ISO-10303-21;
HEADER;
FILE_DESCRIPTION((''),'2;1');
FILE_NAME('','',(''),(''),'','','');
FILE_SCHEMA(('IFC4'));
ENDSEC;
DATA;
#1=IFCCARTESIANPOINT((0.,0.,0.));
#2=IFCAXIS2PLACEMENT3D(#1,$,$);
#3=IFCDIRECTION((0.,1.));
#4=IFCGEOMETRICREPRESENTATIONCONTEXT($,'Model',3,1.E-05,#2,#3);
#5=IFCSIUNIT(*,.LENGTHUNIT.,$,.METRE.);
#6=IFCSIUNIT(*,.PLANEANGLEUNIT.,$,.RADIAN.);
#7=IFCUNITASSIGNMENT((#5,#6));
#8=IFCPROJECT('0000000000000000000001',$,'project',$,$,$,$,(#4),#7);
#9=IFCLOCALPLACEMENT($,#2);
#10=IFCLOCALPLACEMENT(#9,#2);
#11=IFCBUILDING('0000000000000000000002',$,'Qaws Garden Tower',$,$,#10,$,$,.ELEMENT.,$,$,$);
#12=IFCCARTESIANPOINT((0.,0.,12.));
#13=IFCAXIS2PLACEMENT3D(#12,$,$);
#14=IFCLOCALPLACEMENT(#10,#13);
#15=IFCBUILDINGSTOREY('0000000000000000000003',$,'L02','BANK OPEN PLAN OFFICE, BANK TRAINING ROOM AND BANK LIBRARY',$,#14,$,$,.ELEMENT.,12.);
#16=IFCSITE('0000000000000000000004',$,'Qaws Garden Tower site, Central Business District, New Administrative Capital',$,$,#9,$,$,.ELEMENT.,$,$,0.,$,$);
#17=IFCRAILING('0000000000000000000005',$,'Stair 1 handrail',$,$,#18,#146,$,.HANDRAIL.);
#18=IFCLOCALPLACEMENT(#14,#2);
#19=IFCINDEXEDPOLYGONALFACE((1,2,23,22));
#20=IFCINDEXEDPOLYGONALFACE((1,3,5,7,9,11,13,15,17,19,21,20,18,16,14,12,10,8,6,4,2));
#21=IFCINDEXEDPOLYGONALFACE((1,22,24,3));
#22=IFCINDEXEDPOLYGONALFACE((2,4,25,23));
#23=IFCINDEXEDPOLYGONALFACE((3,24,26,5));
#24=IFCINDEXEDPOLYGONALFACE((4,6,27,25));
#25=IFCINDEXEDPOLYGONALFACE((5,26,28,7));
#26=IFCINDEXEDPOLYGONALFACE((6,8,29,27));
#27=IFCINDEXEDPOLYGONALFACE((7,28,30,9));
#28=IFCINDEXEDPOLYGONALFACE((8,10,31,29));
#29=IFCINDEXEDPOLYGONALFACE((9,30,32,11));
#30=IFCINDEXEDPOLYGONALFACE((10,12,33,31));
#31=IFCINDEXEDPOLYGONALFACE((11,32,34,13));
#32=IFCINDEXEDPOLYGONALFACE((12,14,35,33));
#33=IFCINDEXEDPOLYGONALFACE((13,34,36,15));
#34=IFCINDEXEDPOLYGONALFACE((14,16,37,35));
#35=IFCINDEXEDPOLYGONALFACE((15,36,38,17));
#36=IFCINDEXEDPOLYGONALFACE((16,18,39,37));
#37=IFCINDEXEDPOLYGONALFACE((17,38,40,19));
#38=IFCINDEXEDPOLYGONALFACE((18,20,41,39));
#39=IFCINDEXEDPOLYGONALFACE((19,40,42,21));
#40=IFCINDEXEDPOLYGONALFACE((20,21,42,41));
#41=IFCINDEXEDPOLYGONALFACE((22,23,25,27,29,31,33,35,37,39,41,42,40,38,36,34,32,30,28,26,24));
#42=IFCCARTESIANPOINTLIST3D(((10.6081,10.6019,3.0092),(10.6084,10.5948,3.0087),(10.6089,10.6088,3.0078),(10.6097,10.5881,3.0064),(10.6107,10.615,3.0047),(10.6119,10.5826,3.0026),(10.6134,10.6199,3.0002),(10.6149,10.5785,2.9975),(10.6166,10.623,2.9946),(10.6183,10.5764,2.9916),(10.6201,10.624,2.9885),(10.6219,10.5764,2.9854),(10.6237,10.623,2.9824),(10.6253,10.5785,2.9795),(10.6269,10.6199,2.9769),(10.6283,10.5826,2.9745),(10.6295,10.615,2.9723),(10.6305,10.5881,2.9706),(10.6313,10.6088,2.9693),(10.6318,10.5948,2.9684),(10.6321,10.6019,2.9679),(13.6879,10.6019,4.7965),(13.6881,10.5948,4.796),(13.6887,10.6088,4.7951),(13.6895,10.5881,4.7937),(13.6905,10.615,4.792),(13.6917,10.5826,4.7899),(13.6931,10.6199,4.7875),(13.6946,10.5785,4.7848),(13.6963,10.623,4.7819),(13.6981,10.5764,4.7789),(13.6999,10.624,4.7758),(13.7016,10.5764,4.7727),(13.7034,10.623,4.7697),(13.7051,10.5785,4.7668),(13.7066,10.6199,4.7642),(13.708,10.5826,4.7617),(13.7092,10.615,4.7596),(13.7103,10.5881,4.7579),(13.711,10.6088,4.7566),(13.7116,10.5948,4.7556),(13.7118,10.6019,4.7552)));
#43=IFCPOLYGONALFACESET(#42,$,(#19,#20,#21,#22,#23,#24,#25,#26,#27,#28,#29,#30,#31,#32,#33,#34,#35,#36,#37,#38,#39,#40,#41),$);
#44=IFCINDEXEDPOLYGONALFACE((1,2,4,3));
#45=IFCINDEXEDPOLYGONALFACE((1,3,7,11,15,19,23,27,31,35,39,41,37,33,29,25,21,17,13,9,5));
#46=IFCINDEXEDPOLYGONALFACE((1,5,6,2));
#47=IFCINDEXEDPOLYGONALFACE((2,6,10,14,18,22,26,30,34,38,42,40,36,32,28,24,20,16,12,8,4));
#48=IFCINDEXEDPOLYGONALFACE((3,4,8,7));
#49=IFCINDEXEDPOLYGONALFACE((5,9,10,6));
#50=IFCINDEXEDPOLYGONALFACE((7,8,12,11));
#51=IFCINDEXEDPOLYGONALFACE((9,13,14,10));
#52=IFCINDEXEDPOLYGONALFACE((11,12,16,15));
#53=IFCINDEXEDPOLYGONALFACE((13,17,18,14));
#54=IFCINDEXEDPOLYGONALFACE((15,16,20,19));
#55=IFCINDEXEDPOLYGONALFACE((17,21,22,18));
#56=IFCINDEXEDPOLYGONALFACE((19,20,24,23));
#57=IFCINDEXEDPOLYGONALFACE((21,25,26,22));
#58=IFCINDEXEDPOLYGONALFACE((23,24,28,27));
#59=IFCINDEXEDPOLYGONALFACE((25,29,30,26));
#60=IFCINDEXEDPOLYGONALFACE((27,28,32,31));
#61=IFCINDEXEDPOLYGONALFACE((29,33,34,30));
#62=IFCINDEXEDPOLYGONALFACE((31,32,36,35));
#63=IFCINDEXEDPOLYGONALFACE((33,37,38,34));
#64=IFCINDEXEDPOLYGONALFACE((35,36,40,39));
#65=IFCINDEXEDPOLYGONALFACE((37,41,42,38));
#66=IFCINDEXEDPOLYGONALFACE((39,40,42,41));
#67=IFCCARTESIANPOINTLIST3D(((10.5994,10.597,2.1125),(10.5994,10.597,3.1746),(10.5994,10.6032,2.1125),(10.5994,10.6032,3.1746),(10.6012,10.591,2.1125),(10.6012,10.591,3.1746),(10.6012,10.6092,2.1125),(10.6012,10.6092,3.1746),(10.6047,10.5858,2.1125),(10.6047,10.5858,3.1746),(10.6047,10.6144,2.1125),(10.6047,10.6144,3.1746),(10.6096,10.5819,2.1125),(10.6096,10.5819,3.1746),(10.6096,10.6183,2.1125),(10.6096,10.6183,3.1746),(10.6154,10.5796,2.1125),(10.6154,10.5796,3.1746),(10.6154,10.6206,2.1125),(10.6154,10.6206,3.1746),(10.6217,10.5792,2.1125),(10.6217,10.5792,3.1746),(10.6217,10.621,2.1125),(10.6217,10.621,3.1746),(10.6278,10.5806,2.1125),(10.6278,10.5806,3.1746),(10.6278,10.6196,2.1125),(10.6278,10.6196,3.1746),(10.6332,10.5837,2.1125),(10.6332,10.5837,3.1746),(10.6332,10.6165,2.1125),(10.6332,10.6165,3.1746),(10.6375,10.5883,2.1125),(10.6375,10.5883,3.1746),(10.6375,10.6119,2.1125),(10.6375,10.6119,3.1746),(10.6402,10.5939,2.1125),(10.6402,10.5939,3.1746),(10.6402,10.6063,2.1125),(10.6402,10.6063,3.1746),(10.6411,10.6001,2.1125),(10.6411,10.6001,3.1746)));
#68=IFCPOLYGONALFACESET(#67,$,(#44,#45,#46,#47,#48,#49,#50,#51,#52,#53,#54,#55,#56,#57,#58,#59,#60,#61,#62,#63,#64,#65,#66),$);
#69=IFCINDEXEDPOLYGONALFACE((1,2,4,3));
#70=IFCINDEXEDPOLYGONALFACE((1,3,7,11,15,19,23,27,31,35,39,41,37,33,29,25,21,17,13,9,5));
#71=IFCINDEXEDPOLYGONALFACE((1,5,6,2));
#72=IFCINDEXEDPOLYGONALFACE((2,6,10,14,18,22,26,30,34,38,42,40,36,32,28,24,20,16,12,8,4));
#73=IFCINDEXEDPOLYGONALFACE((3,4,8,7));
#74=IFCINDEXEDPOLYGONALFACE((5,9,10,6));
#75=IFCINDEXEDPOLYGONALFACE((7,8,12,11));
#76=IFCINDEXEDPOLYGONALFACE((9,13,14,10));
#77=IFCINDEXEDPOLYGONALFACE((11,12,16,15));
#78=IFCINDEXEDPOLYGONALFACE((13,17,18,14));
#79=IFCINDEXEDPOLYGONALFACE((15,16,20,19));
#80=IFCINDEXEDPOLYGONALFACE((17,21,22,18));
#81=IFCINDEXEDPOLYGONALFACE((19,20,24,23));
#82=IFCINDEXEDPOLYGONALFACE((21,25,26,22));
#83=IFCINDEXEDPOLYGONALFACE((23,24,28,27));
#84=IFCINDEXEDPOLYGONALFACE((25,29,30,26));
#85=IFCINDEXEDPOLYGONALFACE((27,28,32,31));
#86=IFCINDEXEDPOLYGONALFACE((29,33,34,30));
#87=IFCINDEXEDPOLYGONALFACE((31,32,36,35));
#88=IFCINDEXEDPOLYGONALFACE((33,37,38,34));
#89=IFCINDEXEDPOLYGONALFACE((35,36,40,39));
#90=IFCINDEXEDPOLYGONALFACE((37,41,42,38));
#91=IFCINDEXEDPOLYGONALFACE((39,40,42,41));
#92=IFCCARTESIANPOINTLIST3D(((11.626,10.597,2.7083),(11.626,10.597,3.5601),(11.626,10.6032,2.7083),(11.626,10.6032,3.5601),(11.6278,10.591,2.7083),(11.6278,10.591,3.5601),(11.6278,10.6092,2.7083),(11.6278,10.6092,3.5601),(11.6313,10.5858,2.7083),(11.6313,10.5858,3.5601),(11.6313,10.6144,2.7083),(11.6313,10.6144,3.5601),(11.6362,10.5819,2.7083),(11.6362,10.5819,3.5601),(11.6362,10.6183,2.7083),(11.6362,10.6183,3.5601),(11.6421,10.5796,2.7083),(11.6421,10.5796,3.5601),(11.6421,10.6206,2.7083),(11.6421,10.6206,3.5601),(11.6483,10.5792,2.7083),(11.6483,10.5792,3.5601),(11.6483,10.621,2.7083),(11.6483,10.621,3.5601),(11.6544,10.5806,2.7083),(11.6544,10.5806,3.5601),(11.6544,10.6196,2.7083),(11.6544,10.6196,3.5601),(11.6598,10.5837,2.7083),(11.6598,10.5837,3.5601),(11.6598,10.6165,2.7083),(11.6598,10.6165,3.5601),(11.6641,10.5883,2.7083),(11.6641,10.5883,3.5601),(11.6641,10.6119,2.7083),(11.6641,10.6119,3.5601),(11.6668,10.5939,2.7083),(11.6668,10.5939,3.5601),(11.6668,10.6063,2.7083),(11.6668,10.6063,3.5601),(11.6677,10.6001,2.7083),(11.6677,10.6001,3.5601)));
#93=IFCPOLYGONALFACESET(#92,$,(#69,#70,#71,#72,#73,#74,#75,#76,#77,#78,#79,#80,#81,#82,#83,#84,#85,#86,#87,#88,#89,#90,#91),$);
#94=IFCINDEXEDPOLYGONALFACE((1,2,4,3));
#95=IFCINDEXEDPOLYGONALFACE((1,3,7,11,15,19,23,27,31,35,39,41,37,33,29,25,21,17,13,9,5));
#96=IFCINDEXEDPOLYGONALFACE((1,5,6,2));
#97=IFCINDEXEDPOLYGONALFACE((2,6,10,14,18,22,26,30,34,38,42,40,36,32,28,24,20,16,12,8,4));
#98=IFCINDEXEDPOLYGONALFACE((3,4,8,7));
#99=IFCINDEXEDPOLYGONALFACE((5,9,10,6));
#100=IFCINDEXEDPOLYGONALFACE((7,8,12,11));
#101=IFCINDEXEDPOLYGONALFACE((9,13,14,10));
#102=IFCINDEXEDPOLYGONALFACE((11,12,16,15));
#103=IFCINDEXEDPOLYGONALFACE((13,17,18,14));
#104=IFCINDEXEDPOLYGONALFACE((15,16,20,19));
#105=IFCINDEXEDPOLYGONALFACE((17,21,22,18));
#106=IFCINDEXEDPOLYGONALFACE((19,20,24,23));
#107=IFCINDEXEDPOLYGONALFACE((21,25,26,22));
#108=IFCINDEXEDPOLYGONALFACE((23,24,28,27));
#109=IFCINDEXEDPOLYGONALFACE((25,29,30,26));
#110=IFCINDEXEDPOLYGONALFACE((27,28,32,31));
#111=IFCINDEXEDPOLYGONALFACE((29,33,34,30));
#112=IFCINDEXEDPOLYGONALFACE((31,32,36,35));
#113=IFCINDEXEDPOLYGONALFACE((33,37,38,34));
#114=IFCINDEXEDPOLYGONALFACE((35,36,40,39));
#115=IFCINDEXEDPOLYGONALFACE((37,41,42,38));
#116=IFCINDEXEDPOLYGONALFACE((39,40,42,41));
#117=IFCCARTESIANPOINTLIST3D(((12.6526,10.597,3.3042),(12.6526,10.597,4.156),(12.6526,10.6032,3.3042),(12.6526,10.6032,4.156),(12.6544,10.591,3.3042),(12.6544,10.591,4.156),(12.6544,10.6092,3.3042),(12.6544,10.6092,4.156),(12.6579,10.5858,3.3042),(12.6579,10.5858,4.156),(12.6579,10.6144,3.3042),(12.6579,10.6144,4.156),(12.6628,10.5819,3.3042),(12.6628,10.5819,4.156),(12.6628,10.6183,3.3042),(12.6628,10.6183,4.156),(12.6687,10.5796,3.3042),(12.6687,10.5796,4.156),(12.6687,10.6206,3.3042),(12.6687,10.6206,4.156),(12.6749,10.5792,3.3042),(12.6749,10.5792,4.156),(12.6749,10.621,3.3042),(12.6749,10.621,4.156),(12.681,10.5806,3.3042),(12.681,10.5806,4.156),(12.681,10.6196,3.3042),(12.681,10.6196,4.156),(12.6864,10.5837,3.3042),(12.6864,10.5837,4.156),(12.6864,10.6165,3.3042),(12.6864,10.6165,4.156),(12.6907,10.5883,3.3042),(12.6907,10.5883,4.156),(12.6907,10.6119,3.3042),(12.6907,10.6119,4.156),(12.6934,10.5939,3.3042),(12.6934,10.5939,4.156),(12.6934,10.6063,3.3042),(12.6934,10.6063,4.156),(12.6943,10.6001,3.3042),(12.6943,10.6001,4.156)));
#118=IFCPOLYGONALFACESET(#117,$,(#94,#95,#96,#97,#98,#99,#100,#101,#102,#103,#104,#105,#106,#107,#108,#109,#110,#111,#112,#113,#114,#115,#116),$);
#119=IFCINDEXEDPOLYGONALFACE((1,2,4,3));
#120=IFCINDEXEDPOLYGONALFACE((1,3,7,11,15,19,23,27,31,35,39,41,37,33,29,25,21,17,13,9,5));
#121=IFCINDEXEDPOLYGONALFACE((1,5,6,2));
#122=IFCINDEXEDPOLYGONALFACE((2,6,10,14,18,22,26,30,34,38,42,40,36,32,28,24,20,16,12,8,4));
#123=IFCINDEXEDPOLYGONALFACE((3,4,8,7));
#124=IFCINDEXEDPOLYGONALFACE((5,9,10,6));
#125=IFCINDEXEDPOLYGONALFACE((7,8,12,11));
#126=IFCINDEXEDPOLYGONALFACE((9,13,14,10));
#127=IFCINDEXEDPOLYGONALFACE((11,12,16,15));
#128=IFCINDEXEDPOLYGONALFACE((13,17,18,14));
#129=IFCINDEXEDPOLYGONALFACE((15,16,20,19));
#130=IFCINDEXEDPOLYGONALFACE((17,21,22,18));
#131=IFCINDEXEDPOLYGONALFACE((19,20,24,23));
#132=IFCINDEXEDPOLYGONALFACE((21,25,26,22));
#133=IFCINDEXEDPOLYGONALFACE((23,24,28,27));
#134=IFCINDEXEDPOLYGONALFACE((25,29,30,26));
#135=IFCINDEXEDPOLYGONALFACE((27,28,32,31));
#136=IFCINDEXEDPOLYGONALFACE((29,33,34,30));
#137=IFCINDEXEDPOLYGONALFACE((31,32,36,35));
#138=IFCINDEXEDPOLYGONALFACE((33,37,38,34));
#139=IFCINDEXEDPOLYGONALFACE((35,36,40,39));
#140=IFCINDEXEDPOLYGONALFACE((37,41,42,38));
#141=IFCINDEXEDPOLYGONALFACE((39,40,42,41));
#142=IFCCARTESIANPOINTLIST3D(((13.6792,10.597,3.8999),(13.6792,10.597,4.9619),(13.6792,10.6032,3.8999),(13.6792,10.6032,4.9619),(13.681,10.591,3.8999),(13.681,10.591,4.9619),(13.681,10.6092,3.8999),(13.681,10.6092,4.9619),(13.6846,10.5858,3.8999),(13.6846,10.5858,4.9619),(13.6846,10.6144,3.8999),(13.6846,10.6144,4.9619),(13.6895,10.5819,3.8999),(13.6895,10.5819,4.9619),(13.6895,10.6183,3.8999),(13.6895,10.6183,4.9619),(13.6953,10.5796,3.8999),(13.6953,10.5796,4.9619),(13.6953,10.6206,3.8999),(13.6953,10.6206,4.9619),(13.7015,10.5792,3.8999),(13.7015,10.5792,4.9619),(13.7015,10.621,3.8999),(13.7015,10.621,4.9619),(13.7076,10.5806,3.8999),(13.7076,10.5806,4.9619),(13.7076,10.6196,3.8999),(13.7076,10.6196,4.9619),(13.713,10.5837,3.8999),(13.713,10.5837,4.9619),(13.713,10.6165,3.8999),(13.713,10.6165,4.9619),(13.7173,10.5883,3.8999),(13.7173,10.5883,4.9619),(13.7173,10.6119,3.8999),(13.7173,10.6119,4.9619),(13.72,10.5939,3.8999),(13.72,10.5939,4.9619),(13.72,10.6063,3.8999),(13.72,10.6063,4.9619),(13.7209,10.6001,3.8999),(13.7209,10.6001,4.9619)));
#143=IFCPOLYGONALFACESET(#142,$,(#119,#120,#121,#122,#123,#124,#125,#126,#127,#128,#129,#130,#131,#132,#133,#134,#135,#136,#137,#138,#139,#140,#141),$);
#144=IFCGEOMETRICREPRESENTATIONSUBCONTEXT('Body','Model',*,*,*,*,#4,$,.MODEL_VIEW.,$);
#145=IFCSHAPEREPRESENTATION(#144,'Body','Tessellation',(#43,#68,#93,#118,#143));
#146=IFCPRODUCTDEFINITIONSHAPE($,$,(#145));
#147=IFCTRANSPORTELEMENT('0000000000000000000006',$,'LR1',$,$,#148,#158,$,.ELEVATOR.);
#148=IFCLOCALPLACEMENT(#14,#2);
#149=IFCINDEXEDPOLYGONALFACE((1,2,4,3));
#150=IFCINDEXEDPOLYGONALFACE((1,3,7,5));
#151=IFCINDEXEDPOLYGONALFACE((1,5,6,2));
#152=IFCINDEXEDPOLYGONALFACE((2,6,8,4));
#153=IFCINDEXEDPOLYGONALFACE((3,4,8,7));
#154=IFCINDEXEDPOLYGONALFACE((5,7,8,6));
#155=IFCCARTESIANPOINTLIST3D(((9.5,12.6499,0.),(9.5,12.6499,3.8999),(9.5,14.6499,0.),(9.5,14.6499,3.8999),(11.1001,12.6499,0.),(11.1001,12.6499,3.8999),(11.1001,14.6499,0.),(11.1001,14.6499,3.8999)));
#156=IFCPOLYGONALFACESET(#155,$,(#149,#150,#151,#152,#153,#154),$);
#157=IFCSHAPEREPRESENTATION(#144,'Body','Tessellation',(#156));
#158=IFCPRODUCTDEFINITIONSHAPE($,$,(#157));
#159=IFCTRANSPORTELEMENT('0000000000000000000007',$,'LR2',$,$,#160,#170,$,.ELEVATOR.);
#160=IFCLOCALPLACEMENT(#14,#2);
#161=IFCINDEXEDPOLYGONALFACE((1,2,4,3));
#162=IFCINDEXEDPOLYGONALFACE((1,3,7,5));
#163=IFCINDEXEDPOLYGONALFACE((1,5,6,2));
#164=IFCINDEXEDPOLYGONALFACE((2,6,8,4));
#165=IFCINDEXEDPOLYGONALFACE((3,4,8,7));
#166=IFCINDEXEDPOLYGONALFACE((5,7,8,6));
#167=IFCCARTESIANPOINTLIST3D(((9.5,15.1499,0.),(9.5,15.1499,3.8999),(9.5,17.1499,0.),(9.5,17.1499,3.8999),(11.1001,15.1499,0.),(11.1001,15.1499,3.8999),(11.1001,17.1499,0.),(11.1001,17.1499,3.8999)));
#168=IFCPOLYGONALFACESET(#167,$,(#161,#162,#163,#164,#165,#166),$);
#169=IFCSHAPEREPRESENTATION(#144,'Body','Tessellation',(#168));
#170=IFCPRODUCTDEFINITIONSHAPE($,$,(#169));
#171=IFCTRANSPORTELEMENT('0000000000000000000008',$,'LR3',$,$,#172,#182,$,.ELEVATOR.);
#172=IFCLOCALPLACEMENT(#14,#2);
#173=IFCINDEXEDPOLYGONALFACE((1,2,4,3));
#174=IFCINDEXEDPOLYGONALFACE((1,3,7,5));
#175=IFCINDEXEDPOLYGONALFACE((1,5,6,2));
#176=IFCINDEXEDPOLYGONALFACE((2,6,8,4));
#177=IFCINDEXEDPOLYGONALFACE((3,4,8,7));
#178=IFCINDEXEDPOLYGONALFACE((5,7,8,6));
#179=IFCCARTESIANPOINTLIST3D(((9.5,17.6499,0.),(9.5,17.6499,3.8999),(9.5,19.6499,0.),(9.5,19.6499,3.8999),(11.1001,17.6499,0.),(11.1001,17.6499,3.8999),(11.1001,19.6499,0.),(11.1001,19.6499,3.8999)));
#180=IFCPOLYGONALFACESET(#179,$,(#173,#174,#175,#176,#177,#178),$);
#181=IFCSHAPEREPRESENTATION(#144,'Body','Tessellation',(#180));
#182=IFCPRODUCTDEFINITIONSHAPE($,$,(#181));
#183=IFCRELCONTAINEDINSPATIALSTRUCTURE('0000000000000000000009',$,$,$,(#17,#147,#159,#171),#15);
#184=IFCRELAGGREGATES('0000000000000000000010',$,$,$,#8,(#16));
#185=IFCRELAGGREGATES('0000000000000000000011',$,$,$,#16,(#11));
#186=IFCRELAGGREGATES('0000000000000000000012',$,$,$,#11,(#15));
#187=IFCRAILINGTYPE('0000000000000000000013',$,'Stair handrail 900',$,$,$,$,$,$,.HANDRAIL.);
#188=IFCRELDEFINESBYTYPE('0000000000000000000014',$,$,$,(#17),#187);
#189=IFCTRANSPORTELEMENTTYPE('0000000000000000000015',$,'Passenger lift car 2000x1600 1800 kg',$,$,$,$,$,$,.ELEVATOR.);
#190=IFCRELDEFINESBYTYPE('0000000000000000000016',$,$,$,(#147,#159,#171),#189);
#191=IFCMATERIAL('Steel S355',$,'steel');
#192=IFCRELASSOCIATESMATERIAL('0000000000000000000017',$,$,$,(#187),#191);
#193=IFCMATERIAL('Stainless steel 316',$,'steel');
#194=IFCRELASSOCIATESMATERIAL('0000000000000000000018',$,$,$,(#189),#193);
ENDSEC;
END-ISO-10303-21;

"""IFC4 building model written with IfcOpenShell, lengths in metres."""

from ifc_helpers import new_model, si_unit, direction, frame, origin, origin_2d, place, context, subcontext, project, spatial, rectangle, circle, extrude, material, type_object, element, save


model = new_model("IFC4")

# Units and contexts
model_context = context("Model", 3, precision=1e-05, world=origin(), true_north=direction((0.0, 1.0)))
body_context = subcontext(model_context, "Body", "Model", "MODEL_VIEW")
ifc_project = project(units=[si_unit("LENGTHUNIT", "METRE"), si_unit("PLANEANGLEUNIT", "RADIAN")], contexts=[model_context])

# Site, building, storey
site_placement = place(None, origin())
site = spatial("IfcSite", under=ifc_project, at=site_placement, Name="Qaws Garden Tower site, Central Business District, New Administrative Capital", CompositionType="ELEMENT", RefElevation=0.0)
building_placement = place(site_placement, origin())
building = spatial("IfcBuilding", under=site, at=building_placement, Name="Qaws Garden Tower", CompositionType="ELEMENT")
storey_placement = place(building_placement, frame((0.0, 0.0, 12.0)))
storey = spatial("IfcBuildingStorey", under=building, at=storey_placement, Name="L02", Description="BANK OPEN PLAN OFFICE, BANK TRAINING ROOM AND BANK LIBRARY", CompositionType="ELEMENT", Elevation=12.0)

# Railing
ifc_material_1 = material(Name="Steel S355", Category="steel")
railing_type = type_object("IfcRailingType", Name="Stair handrail 900", PredefinedType="HANDRAIL", material=ifc_material_1)
railing_placement = place(storey_placement, frame((10.6201, 10.6001, 2.1125)))
element("IfcRailing", 1, at=railing_placement, inside=storey, type_object=railing_type, Name="Stair 1 handrail", PredefinedType="HANDRAIL", context=body_context, shape_type="SweptSolid", body=[
    extrude(circle(Radius=0.0239, at=origin_2d()), frame((0.0, 0.0, 0.876), z_axis=(0.864903, 0.0, 0.501939), x_axis=(0.0, 1.0, 0.0)), (0.0, 0.0, 1.0), 3.5608),
    extrude(circle(Radius=0.021, at=origin_2d()), origin(), (0.0, 0.0, 1.0), 1.062),
    extrude(circle(Radius=0.021, at=origin_2d()), frame((1.0266, 0.0, 0.5957)), (0.0, 0.0, 1.0), 0.8518),
    extrude(circle(Radius=0.021, at=origin_2d()), frame((2.0532, 0.0, 1.1917)), (0.0, 0.0, 1.0), 0.8518),
    extrude(circle(Radius=0.021, at=origin_2d()), frame((3.0798, 0.0, 1.7874)), (0.0, 0.0, 1.0), 1.062),
])

# Transport elements
ifc_material_2 = material(Name="Stainless steel 316", Category="steel")
transport_element_type = type_object("IfcTransportElementType", Name="Passenger lift car 2000x1600 1800 kg", PredefinedType="ELEVATOR", material=ifc_material_2)
for number, where, z_axis, x_axis, name in (
    (2, (10.3, 13.6499, 0.0), (0.0, 0.0, 1.0), (1.0, 0.0, 0.0), "LR1"),
    (3, (10.3, 16.1499, 0.0), (0.0, 0.0, 1.0), (1.0, 0.0, 0.0), "LR2"),
    (4, (10.3, 18.6499, 0.0), (0.0, 0.0, 1.0), (1.0, 0.0, 0.0), "LR3"),
):
    element("IfcTransportElement", number, at=place(storey_placement, frame(where, z_axis=z_axis, x_axis=x_axis)), inside=storey, type_object=transport_element_type, Name=name, PredefinedType="ELEVATOR", context=body_context, shape_type="SweptSolid", body=[
        extrude(rectangle(XDim=1.6001, YDim=2.0, at=origin_2d()), origin(), (0.0, 0.0, 1.0), 3.8999),
    ])

save(model, "model.ifc")
